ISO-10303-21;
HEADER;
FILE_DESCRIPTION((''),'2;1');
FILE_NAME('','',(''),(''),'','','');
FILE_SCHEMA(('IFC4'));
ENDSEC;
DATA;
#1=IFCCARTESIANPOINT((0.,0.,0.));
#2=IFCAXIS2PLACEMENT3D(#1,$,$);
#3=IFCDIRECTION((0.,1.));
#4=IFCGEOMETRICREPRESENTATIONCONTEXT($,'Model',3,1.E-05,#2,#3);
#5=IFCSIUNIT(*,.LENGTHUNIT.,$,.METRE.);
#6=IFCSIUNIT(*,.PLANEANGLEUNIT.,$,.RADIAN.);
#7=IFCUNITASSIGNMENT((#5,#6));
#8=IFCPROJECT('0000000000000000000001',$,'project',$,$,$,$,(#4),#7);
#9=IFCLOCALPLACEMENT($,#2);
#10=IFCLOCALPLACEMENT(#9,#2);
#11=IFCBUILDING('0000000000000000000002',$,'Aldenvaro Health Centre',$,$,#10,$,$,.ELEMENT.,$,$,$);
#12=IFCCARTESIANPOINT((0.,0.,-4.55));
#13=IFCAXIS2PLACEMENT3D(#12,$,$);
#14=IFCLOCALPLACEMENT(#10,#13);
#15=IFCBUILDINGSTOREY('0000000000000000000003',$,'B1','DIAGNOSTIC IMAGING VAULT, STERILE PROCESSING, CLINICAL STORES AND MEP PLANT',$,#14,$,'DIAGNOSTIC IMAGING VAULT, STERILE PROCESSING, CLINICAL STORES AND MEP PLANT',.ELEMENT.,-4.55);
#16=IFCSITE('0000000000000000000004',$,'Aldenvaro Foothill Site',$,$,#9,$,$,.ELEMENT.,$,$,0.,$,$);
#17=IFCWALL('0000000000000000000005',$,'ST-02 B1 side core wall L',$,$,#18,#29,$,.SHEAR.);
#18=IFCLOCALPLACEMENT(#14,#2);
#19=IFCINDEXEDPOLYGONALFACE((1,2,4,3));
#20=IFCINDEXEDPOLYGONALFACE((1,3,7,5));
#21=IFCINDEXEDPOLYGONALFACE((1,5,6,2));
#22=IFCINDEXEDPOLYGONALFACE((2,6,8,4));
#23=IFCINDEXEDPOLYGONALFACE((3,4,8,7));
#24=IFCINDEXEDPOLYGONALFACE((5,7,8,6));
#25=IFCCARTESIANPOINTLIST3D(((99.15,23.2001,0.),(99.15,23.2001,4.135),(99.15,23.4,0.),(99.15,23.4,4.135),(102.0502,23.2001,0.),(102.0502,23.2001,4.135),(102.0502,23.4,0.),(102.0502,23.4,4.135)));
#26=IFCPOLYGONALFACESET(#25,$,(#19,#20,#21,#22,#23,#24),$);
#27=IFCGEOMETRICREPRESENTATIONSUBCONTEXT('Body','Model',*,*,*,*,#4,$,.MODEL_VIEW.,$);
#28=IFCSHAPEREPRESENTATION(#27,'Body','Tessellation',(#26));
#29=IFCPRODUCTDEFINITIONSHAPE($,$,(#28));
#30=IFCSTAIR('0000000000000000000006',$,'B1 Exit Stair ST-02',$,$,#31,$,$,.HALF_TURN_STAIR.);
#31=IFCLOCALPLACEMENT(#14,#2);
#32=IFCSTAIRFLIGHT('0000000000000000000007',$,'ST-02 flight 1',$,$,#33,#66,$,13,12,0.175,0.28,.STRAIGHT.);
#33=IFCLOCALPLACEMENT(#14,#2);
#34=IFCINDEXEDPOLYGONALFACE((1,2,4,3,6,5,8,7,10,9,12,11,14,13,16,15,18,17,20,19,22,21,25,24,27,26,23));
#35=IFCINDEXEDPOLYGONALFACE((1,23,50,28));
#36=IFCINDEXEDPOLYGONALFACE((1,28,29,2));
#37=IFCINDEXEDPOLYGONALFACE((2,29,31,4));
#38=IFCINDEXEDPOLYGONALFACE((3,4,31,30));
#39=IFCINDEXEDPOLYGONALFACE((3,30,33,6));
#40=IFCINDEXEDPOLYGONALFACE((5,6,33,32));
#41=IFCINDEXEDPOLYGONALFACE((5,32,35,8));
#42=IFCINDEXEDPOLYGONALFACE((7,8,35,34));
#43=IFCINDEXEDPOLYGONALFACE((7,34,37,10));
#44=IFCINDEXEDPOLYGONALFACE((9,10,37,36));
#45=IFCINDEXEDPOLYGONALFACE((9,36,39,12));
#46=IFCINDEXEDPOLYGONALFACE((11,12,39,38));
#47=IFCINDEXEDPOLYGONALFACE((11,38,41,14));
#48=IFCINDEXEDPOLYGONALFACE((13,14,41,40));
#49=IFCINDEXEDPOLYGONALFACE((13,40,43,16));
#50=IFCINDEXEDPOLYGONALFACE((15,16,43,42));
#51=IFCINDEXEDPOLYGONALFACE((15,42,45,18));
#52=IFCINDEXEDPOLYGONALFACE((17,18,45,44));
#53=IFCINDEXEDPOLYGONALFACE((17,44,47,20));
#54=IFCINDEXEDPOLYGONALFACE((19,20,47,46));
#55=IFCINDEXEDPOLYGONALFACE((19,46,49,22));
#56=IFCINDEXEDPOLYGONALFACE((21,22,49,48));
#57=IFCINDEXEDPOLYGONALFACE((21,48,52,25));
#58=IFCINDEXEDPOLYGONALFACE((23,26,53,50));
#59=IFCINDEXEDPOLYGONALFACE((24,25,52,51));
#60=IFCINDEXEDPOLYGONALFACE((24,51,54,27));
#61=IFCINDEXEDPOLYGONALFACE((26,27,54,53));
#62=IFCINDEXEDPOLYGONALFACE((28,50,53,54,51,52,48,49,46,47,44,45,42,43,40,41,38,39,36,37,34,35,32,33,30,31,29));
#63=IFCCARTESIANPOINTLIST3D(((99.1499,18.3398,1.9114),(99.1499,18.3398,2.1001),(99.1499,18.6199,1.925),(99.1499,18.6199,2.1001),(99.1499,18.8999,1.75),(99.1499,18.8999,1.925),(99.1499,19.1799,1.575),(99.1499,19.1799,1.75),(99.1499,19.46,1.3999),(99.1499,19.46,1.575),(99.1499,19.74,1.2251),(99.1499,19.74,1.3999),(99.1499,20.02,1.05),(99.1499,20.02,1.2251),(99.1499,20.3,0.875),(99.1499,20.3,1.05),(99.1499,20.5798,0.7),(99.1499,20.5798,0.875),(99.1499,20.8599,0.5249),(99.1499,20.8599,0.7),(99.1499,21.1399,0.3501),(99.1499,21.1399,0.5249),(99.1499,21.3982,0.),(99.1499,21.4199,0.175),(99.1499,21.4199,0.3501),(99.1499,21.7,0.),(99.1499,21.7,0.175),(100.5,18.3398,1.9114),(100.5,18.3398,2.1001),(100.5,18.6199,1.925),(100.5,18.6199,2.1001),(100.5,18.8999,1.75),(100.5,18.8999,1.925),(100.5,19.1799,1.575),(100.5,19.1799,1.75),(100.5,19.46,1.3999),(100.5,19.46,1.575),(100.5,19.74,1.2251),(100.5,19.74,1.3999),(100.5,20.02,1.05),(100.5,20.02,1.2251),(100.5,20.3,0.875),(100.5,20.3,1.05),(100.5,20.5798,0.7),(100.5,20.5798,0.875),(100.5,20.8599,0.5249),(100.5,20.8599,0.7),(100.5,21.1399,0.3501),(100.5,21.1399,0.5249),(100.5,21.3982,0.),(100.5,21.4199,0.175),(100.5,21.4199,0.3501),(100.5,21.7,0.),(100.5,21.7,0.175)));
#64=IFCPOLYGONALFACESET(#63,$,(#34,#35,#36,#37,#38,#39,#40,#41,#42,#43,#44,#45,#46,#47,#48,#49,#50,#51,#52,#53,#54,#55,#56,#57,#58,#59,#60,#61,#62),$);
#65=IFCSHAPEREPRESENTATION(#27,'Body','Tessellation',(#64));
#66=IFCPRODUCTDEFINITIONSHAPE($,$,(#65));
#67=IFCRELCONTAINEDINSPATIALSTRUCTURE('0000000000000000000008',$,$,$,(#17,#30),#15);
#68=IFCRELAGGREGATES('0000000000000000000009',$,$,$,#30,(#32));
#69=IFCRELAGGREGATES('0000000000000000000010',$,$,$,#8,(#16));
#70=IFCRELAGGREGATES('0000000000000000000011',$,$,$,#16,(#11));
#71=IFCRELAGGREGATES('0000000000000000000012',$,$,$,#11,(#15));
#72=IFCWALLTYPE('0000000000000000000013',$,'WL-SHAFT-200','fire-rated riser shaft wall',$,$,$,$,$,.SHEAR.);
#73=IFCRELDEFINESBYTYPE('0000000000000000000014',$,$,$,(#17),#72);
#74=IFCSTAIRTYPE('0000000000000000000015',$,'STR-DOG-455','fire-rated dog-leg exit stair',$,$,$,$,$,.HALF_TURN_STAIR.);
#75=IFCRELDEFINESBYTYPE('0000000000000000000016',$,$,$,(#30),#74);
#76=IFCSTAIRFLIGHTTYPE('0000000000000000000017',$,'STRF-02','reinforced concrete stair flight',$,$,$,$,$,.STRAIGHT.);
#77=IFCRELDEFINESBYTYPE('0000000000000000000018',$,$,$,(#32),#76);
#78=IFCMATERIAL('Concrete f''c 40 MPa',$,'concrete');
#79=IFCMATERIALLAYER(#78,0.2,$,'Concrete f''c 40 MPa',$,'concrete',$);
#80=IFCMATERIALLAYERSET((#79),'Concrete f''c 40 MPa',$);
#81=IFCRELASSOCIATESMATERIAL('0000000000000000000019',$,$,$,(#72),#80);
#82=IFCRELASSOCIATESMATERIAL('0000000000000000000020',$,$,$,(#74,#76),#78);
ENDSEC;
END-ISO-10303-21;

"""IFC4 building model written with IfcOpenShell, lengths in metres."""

from ifc_helpers import new_model, si_unit, direction, frame, frame_2d, origin, place, context, subcontext, project, spatial, polyline, rectangle, outline, extrude, material, layer, layer_set, type_object, element, aggregate, save


model = new_model("IFC4")

# Units and contexts
model_context = context("Model", 3, precision=1e-05, world=origin(), true_north=direction((0.0, 1.0)))
body_context = subcontext(model_context, "Body", "Model", "MODEL_VIEW")
ifc_project = project(units=[si_unit("LENGTHUNIT", "METRE"), si_unit("PLANEANGLEUNIT", "RADIAN")], contexts=[model_context])

# Site, building, storey
site_placement = place(None, origin())
site = spatial("IfcSite", under=ifc_project, at=site_placement, Name="Aldenvaro Foothill Site", CompositionType="ELEMENT", RefElevation=0.0)
building_placement = place(site_placement, origin())
building = spatial("IfcBuilding", under=site, at=building_placement, Name="Aldenvaro Health Centre", CompositionType="ELEMENT")
storey_placement = place(building_placement, frame((0.0, 0.0, -4.55)))
storey = spatial("IfcBuildingStorey", under=building, at=storey_placement, Name="B1", Description="DIAGNOSTIC IMAGING VAULT, STERILE PROCESSING, CLINICAL STORES AND MEP PLANT", LongName="DIAGNOSTIC IMAGING VAULT, STERILE PROCESSING, CLINICAL STORES AND MEP PLANT", CompositionType="ELEMENT", Elevation=-4.55)

# Shared definitions
ifc_material_1 = material(Name="Concrete f'c 40 MPa", Category="concrete")

# Shared definitions
ifc_layer_1 = layer(ifc_material_1, 0.2, Name="Concrete f'c 40 MPa", Category="concrete")
ifc_layer_set_1 = layer_set([ifc_layer_1], Name="Concrete f'c 40 MPa")
wall_type_1 = type_object("IfcWallType", Name="WL-SHAFT-200", Description="fire-rated riser shaft wall", PredefinedType="SHEAR", material=ifc_layer_set_1)

# Wall
wall_1_placement = place(storey_placement, frame((99.1499, 23.3, 0.0), z_axis=(0.0, 0.0, 1.0), x_axis=(1.0, 0.0, 0.0)))
element("IfcWall", 1, at=wall_1_placement, inside=storey, type_object=wall_type_1, Name="ST-02 B1 side core wall L", PredefinedType="SHEAR", context=body_context, shape_type="SweptSolid", body=[
    extrude(rectangle(XDim=2.9001, YDim=0.2, at=frame_2d((1.4502, 0.0))), origin(), (0.0, 0.0, 1.0), 4.135),
])

# Stair, stair flight
stair_type = type_object("IfcStairType", Name="STR-DOG-455", Description="fire-rated dog-leg exit stair", PredefinedType="HALF_TURN_STAIR", material=ifc_material_1)
stair_placement = place(storey_placement, origin())
stair = element("IfcStair", 2, at=stair_placement, inside=storey, type_object=stair_type, Name="B1 Exit Stair ST-02", PredefinedType="HALF_TURN_STAIR")
stair_flight_type = type_object("IfcStairFlightType", Name="STRF-02", Description="reinforced concrete stair flight", PredefinedType="STRAIGHT", material=ifc_material_1)
stair_flight_placement = place(storey_placement, frame((99.825, 21.7, 0.0), z_axis=(0.0, 0.0, 1.0), x_axis=(0.0, -1.0, 0.0)))
stair_flight = element("IfcStairFlight", 3, at=stair_flight_placement, type_object=stair_flight_type, Name="ST-02 flight 1", NumberOfRisers=13, NumberOfTreads=12, PredefinedType="STRAIGHT", RiserHeight=0.175, TreadLength=0.28, context=body_context, shape_type="SweptSolid", body=[
    extrude(outline(polyline([(0.0, 0.0), (0.0, 0.175), (0.28, 0.175), (0.28, 0.3501), (0.5601, 0.3501), (0.5601, 0.5249), (0.8401, 0.5249), (0.8401, 0.7), (1.1201, 0.7), (1.1201, 0.875), (1.3999, 0.875), (1.3999, 1.05), (1.6799, 1.05), (1.6799, 1.2251), (1.96, 1.2251), (1.96, 1.3999), (2.24, 1.3999), (2.24, 1.575), (2.52, 1.575), (2.52, 1.75), (2.8, 1.75), (2.8, 1.925), (3.0801, 1.925), (3.0801, 2.1001), (3.3601, 2.1001), (3.3601, 2.2749), (3.3601, 1.9114), (0.3018, 0.0), (0.0, 0.0)])), frame((0.0, 0.675, 0.0), z_axis=(0.0, -1.0, 0.0), x_axis=(1.0, 0.0, 0.0)), (0.0, 0.0, 1.0), 1.3501),
])
aggregate(stair, [stair_flight])

save(model, "model.ifc")
